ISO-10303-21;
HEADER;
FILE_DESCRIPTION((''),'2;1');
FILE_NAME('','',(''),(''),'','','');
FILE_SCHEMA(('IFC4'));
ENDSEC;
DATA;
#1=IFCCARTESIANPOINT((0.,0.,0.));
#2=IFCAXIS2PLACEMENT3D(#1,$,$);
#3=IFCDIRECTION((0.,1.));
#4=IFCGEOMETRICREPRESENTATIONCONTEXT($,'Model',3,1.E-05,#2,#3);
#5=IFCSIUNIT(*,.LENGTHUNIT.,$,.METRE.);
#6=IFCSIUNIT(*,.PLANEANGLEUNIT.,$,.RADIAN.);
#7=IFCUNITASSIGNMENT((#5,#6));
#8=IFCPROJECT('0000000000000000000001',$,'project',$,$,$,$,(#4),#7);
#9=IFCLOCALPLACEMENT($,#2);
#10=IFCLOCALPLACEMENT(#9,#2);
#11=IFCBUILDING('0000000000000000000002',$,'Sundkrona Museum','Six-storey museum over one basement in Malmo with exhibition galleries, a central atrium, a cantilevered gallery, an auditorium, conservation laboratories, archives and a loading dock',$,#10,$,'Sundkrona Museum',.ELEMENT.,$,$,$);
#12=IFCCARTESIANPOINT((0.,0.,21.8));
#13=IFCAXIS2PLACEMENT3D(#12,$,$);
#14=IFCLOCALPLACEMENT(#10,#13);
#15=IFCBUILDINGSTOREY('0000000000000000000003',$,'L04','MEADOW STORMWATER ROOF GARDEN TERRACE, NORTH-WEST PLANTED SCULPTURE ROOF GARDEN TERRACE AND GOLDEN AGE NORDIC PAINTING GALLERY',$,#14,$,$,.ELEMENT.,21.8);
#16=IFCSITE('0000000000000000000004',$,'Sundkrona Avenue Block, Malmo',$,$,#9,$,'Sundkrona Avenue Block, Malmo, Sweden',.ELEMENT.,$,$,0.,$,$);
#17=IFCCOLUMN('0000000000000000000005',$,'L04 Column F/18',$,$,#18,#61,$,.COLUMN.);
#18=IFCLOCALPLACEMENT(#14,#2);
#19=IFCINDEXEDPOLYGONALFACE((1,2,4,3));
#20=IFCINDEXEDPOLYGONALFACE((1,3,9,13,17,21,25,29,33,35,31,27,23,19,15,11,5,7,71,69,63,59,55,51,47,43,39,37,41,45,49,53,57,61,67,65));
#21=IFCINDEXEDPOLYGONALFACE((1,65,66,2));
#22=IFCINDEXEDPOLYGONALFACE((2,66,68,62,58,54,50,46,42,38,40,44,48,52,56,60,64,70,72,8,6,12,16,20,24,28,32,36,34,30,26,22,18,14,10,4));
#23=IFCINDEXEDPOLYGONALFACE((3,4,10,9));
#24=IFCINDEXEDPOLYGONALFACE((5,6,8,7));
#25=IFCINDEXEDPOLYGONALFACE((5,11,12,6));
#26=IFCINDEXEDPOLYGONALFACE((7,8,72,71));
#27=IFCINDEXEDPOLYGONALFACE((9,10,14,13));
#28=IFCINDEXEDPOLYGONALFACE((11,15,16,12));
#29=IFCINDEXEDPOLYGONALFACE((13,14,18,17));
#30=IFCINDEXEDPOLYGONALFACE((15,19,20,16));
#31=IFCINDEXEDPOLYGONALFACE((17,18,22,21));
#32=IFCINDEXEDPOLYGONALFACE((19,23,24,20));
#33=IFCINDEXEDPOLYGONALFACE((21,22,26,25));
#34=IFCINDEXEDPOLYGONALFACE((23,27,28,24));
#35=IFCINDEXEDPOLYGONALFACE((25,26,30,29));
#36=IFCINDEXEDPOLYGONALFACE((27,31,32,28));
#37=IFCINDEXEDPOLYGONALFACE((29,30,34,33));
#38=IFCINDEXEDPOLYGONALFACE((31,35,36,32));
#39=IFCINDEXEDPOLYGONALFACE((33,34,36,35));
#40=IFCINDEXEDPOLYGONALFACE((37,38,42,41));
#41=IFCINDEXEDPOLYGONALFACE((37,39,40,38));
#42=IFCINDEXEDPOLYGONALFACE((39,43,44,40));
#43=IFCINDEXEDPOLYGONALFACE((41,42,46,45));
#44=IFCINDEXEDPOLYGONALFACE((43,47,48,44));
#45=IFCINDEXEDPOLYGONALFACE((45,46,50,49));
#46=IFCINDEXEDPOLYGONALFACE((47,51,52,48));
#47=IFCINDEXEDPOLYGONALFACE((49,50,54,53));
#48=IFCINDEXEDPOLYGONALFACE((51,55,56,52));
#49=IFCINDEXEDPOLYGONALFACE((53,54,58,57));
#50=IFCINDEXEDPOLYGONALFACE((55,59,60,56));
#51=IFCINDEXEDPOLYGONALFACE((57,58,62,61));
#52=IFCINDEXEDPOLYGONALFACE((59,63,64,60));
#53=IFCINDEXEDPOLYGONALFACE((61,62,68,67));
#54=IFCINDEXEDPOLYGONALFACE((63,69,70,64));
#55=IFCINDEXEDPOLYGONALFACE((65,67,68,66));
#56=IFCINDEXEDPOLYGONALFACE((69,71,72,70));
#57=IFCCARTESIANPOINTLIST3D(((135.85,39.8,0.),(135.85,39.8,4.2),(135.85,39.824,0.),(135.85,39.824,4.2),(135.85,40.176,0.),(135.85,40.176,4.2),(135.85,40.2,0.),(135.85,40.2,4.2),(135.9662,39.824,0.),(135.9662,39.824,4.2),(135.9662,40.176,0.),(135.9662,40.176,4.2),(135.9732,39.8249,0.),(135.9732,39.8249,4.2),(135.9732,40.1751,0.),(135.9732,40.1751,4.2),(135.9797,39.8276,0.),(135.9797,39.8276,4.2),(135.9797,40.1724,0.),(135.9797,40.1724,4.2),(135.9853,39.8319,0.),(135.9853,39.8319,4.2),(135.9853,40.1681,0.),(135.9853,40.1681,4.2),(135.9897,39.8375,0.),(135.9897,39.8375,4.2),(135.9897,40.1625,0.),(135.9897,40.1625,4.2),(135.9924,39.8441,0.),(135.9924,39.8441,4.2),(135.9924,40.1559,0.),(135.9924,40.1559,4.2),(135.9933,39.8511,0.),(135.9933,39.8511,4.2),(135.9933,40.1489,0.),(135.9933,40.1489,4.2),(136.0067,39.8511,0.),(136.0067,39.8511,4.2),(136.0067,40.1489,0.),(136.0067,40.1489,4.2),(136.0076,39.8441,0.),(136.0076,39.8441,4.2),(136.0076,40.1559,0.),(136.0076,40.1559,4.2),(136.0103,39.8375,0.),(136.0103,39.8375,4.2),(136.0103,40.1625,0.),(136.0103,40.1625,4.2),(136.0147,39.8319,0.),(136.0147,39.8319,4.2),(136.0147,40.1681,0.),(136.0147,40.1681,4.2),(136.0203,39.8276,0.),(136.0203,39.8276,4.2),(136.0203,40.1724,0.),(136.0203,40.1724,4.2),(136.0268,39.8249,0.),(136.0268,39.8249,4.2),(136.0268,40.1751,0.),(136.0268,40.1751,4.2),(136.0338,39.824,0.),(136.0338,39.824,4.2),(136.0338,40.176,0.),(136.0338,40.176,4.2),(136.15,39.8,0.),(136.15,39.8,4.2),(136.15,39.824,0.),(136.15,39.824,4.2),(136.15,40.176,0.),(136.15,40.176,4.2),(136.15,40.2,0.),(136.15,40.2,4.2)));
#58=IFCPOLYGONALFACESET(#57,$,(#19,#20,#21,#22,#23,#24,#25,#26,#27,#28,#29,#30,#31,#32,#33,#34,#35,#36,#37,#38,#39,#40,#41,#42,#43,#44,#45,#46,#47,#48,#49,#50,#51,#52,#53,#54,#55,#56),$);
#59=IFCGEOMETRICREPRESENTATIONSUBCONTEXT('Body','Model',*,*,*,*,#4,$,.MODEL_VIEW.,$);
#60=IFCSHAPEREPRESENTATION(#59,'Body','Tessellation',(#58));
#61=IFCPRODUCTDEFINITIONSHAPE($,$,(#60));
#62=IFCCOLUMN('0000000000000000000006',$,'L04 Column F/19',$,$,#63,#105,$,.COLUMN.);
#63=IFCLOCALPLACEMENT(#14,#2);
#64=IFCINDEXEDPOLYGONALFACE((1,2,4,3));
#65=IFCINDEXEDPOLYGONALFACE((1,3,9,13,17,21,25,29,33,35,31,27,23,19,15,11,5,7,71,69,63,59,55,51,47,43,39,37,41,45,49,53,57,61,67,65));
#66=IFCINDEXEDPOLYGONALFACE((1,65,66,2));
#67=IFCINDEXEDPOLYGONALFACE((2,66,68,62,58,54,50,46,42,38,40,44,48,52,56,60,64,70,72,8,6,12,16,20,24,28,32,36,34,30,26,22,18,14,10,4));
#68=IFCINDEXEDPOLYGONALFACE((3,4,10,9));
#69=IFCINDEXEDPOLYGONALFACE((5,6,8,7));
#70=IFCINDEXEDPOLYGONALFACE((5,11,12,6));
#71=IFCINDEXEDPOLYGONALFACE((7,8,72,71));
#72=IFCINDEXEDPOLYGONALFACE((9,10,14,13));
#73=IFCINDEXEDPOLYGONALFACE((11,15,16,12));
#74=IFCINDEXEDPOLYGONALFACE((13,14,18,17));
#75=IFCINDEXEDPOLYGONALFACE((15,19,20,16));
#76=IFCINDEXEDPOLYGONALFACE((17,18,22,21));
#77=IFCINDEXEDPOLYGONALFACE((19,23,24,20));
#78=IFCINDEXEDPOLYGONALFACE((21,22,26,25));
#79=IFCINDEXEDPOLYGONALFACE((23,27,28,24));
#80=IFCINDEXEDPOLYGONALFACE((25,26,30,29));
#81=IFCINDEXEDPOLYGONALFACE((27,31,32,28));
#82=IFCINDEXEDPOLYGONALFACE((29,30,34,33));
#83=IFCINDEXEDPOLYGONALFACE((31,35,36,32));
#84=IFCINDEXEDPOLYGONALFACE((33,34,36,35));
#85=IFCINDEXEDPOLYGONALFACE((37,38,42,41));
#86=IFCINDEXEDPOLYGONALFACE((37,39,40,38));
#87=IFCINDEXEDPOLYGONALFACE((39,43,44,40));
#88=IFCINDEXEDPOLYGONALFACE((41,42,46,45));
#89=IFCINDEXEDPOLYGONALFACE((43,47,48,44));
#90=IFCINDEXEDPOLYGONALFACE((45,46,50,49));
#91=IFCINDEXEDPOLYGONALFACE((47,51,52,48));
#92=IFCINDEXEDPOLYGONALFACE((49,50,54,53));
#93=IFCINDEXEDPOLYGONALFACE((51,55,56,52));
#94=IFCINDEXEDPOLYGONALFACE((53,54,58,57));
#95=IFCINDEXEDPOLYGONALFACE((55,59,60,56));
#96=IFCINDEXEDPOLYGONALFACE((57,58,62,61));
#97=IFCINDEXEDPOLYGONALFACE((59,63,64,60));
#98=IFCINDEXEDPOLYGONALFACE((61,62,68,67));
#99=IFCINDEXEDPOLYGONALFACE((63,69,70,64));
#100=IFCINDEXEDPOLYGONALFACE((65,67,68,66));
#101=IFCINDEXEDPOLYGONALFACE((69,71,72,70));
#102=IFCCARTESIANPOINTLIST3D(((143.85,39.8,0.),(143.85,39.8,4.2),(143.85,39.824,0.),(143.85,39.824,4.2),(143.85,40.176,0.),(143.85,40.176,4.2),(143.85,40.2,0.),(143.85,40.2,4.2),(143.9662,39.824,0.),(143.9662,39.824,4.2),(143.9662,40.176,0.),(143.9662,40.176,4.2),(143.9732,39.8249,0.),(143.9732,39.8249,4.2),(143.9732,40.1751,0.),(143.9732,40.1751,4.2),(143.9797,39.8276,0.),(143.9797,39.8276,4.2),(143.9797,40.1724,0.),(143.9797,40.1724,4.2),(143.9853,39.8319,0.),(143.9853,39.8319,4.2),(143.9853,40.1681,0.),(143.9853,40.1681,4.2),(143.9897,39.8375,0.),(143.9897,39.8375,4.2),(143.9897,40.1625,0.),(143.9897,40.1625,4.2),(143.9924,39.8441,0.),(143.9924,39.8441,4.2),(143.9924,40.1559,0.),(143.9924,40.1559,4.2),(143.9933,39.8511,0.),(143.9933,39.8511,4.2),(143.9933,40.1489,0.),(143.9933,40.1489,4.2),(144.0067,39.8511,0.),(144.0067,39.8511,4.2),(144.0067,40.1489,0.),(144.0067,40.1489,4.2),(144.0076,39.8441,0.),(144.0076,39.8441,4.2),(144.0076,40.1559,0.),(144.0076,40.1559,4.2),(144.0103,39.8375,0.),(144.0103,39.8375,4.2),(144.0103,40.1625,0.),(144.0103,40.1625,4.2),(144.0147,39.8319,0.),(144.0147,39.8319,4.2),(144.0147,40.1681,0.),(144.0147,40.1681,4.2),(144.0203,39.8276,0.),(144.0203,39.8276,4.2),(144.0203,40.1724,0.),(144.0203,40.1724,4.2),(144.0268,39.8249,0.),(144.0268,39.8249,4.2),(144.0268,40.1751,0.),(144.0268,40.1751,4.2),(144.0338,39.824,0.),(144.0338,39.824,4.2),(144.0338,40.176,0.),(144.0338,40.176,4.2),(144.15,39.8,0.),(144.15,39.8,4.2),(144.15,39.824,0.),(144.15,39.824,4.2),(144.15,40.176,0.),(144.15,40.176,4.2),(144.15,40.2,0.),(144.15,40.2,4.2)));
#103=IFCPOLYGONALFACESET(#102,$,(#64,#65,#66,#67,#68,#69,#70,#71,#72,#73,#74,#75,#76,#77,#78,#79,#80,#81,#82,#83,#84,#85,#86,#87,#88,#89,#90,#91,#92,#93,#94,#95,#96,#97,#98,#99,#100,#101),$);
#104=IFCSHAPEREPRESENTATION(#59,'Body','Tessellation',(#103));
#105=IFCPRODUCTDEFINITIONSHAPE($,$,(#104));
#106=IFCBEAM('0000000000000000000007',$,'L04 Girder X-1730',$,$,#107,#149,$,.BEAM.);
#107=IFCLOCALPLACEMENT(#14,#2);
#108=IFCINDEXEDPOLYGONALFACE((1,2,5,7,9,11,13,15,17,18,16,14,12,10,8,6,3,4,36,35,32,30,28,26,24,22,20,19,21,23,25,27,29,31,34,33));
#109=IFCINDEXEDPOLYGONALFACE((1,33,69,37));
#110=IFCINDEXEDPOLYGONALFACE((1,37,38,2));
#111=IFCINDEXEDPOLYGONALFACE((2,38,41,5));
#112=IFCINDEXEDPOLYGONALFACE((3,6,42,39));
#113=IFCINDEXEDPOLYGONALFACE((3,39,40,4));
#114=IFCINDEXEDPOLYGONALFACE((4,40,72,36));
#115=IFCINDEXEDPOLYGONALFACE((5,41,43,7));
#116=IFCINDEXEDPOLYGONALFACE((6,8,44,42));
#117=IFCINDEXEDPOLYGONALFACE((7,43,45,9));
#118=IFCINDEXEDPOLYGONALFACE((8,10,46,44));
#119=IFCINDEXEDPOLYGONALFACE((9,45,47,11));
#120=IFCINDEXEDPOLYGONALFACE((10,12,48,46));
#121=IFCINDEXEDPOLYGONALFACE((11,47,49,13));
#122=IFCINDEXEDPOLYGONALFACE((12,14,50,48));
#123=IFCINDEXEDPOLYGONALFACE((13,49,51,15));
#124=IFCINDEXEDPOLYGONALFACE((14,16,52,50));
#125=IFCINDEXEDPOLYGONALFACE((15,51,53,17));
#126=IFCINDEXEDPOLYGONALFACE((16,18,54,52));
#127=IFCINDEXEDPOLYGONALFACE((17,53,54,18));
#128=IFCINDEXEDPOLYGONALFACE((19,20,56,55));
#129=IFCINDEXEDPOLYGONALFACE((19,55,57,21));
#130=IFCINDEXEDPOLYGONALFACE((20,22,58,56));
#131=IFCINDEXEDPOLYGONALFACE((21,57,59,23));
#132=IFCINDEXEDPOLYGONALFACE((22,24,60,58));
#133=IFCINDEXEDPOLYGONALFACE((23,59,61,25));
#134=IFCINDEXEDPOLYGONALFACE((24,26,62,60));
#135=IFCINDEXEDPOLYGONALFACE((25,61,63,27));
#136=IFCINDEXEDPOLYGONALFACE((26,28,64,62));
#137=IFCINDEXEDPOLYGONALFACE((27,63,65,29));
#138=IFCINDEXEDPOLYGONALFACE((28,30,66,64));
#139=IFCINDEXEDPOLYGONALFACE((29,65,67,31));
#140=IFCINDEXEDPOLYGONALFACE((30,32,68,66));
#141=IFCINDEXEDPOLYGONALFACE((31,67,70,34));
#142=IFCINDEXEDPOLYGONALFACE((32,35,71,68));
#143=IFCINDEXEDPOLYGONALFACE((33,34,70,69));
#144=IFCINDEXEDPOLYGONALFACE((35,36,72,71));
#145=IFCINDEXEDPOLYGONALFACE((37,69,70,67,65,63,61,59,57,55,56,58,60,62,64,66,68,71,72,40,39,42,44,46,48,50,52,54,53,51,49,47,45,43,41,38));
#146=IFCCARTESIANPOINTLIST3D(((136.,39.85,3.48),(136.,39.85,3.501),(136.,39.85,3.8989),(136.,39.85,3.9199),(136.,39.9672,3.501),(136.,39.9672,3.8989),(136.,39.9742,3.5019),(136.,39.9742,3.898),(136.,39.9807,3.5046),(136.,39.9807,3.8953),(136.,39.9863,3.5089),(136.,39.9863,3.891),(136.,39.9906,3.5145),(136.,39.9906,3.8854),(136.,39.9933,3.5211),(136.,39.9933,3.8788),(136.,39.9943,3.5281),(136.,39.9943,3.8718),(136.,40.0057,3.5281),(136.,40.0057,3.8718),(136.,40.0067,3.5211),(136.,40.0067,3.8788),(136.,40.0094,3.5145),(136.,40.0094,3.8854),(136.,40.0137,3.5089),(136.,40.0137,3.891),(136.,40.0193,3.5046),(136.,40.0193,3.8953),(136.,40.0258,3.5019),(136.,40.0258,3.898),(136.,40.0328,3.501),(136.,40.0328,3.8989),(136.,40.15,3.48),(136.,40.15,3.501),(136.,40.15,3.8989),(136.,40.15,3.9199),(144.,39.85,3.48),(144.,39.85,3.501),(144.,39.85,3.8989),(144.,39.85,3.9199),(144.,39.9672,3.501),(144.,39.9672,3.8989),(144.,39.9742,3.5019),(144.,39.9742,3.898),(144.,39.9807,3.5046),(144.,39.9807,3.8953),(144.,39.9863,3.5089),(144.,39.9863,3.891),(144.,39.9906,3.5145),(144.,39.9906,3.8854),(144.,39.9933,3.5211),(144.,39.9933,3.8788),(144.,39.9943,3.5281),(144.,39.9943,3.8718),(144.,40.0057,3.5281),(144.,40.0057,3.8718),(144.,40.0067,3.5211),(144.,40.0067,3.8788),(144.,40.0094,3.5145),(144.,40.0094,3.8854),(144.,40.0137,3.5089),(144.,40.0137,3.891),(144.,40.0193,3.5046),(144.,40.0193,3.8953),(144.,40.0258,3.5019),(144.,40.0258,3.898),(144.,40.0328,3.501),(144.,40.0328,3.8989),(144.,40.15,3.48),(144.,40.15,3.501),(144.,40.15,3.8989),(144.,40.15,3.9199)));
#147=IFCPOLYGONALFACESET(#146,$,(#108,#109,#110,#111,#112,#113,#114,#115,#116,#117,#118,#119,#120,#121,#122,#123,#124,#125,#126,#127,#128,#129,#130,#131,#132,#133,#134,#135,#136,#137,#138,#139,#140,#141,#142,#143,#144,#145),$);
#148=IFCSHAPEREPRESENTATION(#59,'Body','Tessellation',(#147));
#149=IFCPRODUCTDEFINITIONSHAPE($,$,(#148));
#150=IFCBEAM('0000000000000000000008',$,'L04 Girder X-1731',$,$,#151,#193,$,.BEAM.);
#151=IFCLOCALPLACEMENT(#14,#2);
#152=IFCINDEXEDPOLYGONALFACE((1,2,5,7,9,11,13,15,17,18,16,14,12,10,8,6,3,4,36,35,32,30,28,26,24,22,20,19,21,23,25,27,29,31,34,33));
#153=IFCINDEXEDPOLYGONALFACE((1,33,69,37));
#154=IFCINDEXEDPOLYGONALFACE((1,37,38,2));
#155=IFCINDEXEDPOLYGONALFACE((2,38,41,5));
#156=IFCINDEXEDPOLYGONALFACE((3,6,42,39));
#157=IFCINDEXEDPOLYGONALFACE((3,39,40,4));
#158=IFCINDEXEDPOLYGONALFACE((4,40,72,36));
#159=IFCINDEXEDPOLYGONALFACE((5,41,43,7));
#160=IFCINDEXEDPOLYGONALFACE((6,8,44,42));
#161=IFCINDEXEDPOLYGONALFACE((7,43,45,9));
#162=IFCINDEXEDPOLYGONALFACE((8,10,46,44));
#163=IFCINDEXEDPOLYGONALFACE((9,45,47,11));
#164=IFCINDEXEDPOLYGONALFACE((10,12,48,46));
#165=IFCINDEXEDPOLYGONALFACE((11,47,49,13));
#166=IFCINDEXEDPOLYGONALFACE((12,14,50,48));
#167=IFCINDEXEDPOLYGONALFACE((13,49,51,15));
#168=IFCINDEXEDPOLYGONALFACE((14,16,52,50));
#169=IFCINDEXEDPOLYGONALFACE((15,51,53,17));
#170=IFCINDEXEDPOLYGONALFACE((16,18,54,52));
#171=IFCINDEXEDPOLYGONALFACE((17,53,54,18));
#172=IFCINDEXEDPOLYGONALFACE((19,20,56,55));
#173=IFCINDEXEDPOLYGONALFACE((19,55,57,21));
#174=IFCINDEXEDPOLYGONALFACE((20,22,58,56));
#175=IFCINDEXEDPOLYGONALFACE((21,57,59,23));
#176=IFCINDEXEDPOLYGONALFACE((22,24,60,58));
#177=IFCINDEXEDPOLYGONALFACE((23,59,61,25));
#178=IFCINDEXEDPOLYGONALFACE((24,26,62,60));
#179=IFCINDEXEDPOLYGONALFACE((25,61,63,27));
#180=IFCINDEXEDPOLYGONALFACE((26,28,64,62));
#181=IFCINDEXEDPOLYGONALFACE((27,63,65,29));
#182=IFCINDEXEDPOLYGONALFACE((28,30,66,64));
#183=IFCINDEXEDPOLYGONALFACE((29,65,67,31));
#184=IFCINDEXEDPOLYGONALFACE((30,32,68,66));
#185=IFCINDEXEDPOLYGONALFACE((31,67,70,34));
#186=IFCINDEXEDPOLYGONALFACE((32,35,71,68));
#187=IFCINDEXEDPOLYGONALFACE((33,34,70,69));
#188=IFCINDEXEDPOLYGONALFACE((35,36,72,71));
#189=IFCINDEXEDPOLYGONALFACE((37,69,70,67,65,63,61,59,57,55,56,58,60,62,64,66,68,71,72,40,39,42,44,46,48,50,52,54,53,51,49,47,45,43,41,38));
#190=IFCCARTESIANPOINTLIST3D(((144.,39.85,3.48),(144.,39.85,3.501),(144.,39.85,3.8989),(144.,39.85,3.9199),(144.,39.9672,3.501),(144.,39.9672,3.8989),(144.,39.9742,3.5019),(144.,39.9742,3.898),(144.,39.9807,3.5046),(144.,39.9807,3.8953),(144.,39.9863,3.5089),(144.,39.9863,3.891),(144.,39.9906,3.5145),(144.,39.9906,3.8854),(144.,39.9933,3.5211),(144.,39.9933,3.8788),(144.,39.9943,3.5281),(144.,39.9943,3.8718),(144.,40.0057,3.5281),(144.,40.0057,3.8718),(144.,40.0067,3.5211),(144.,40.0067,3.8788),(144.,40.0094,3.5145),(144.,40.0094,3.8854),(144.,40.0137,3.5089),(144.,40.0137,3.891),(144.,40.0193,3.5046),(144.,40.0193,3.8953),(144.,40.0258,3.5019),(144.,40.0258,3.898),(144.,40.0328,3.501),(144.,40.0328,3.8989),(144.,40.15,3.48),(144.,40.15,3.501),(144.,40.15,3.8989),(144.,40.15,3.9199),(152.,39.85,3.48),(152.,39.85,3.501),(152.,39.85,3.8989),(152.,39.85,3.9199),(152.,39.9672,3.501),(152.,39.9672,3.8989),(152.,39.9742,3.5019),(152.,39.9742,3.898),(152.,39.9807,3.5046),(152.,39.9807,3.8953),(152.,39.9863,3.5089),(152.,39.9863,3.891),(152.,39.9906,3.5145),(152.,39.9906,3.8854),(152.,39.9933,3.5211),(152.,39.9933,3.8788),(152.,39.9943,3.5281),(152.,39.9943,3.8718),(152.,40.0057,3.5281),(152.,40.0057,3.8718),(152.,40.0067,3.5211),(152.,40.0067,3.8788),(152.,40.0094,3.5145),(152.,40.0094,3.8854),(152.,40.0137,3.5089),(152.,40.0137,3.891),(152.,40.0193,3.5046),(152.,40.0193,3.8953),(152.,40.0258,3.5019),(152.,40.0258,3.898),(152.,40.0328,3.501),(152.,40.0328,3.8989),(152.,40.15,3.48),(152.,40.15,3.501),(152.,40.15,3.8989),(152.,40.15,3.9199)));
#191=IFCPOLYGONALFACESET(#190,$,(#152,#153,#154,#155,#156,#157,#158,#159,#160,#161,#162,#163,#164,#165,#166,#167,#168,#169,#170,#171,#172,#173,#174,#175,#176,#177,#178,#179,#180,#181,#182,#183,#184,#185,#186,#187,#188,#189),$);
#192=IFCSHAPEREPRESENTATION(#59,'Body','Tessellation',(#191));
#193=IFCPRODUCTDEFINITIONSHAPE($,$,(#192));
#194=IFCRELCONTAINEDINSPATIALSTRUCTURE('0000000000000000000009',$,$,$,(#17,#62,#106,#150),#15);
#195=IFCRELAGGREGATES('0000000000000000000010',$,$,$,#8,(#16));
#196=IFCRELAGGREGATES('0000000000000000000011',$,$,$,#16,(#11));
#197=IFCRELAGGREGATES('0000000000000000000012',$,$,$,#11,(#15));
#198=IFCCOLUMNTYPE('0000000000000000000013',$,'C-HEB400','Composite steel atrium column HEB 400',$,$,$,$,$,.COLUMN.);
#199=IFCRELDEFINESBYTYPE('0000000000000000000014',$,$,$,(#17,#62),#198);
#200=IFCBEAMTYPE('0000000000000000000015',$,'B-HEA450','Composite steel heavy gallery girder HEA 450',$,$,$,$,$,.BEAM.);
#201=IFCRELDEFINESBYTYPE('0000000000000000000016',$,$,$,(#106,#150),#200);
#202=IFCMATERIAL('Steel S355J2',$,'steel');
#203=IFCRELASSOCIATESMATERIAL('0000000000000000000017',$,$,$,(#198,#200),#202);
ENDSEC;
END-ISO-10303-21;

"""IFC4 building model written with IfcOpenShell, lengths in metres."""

from ifc_helpers import new_model, si_unit, direction, frame, origin, origin_2d, place, context, subcontext, project, spatial, i_section, extrude, material, material_profile, profile_set, type_object, element, save


model = new_model("IFC4")

# Units and contexts
model_context = context("Model", 3, precision=1e-05, world=origin(), true_north=direction((0.0, 1.0)))
body_context = subcontext(model_context, "Body", "Model", "MODEL_VIEW")
ifc_project = project(units=[si_unit("LENGTHUNIT", "METRE"), si_unit("PLANEANGLEUNIT", "RADIAN")], contexts=[model_context])

# Site, building, storey
site_placement = place(None, origin())
site = spatial("IfcSite", under=ifc_project, at=site_placement, Name="Sundkrona Avenue Block, Malmo", LongName="Sundkrona Avenue Block, Malmo, Sweden", CompositionType="ELEMENT", RefElevation=0.0)
building_placement = place(site_placement, origin())
building = spatial("IfcBuilding", under=site, at=building_placement, Name="Sundkrona Museum", Description="Six-storey museum over one basement in Malmo with exhibition galleries, a central atrium, a cantilevered gallery, an auditorium, conservation laboratories, archives and a loading dock", LongName="Sundkrona Museum", CompositionType="ELEMENT")
storey_placement = place(building_placement, frame((0.0, 0.0, 21.8)))
storey = spatial("IfcBuildingStorey", under=building, at=storey_placement, Name="L04", Description="MEADOW STORMWATER ROOF GARDEN TERRACE, NORTH-WEST PLANTED SCULPTURE ROOF GARDEN TERRACE AND GOLDEN AGE NORDIC PAINTING GALLERY", CompositionType="ELEMENT", Elevation=21.8)

# Columns
ifc_material_1 = material(Name="Steel S355J2", Category="steel")
ifc_material_profile_1 = material_profile(ifc_material_1, i_section(OverallWidth=0.3, OverallDepth=0.3999, WebThickness=0.0134, FlangeThickness=0.0239, FilletRadius=0.0271, at=origin_2d()), Name="HEB 400")
ifc_profile_set_1 = profile_set([ifc_material_profile_1], Name="Steel S355J2")
column_type = type_object("IfcColumnType", Name="C-HEB400", Description="Composite steel atrium column HEB 400", PredefinedType="COLUMN", material=ifc_profile_set_1)
for number, where, z_axis, x_axis, name in (
    (1, (136.0, 40.0, 0.0), (0.0, 0.0, 1.0), (1.0, 0.0, 0.0), "L04 Column F/18"),
    (2, (144.0, 40.0, 0.0), (0.0, 0.0, 1.0), (1.0, 0.0, 0.0), "L04 Column F/19"),
):
    element("IfcColumn", number, at=place(storey_placement, frame(where, z_axis=z_axis, x_axis=x_axis)), inside=storey, type_object=column_type, Name=name, PredefinedType="COLUMN", context=body_context, shape_type="SweptSolid", body=[
        extrude(i_section(OverallWidth=0.3, OverallDepth=0.3999, WebThickness=0.0134, FlangeThickness=0.0239, FilletRadius=0.0271, at=origin_2d()), origin(), (0.0, 0.0, 1.0), 4.2),
    ])

# Beams
ifc_material_profile_2 = material_profile(ifc_material_1, i_section(OverallWidth=0.3, OverallDepth=0.4399, WebThickness=0.0115, FlangeThickness=0.021, FilletRadius=0.0271, at=origin_2d()), Name="HEA 450")
ifc_profile_set_2 = profile_set([ifc_material_profile_2], Name="Steel S355J2")
beam_type_1 = type_object("IfcBeamType", Name="B-HEA450", Description="Composite steel heavy gallery girder HEA 450", PredefinedType="BEAM", material=ifc_profile_set_2)
for number, where, z_axis, x_axis, name in (
    (3, (136.0, 40.0, 3.7), (1.0, 0.0, 0.0), (0.0, 1.0, 0.0), "L04 Girder X-1730"),
    (4, (144.0, 40.0, 3.7), (1.0, 0.0, 0.0), (0.0, 1.0, 0.0), "L04 Girder X-1731"),
):
    element("IfcBeam", number, at=place(storey_placement, frame(where, z_axis=z_axis, x_axis=x_axis)), inside=storey, type_object=beam_type_1, Name=name, PredefinedType="BEAM", context=body_context, shape_type="SweptSolid", body=[
        extrude(i_section(OverallWidth=0.3, OverallDepth=0.4399, WebThickness=0.0115, FlangeThickness=0.021, FilletRadius=0.0271, at=origin_2d()), origin(), (0.0, 0.0, 1.0), 8.0),
    ])

save(model, "model.ifc")
